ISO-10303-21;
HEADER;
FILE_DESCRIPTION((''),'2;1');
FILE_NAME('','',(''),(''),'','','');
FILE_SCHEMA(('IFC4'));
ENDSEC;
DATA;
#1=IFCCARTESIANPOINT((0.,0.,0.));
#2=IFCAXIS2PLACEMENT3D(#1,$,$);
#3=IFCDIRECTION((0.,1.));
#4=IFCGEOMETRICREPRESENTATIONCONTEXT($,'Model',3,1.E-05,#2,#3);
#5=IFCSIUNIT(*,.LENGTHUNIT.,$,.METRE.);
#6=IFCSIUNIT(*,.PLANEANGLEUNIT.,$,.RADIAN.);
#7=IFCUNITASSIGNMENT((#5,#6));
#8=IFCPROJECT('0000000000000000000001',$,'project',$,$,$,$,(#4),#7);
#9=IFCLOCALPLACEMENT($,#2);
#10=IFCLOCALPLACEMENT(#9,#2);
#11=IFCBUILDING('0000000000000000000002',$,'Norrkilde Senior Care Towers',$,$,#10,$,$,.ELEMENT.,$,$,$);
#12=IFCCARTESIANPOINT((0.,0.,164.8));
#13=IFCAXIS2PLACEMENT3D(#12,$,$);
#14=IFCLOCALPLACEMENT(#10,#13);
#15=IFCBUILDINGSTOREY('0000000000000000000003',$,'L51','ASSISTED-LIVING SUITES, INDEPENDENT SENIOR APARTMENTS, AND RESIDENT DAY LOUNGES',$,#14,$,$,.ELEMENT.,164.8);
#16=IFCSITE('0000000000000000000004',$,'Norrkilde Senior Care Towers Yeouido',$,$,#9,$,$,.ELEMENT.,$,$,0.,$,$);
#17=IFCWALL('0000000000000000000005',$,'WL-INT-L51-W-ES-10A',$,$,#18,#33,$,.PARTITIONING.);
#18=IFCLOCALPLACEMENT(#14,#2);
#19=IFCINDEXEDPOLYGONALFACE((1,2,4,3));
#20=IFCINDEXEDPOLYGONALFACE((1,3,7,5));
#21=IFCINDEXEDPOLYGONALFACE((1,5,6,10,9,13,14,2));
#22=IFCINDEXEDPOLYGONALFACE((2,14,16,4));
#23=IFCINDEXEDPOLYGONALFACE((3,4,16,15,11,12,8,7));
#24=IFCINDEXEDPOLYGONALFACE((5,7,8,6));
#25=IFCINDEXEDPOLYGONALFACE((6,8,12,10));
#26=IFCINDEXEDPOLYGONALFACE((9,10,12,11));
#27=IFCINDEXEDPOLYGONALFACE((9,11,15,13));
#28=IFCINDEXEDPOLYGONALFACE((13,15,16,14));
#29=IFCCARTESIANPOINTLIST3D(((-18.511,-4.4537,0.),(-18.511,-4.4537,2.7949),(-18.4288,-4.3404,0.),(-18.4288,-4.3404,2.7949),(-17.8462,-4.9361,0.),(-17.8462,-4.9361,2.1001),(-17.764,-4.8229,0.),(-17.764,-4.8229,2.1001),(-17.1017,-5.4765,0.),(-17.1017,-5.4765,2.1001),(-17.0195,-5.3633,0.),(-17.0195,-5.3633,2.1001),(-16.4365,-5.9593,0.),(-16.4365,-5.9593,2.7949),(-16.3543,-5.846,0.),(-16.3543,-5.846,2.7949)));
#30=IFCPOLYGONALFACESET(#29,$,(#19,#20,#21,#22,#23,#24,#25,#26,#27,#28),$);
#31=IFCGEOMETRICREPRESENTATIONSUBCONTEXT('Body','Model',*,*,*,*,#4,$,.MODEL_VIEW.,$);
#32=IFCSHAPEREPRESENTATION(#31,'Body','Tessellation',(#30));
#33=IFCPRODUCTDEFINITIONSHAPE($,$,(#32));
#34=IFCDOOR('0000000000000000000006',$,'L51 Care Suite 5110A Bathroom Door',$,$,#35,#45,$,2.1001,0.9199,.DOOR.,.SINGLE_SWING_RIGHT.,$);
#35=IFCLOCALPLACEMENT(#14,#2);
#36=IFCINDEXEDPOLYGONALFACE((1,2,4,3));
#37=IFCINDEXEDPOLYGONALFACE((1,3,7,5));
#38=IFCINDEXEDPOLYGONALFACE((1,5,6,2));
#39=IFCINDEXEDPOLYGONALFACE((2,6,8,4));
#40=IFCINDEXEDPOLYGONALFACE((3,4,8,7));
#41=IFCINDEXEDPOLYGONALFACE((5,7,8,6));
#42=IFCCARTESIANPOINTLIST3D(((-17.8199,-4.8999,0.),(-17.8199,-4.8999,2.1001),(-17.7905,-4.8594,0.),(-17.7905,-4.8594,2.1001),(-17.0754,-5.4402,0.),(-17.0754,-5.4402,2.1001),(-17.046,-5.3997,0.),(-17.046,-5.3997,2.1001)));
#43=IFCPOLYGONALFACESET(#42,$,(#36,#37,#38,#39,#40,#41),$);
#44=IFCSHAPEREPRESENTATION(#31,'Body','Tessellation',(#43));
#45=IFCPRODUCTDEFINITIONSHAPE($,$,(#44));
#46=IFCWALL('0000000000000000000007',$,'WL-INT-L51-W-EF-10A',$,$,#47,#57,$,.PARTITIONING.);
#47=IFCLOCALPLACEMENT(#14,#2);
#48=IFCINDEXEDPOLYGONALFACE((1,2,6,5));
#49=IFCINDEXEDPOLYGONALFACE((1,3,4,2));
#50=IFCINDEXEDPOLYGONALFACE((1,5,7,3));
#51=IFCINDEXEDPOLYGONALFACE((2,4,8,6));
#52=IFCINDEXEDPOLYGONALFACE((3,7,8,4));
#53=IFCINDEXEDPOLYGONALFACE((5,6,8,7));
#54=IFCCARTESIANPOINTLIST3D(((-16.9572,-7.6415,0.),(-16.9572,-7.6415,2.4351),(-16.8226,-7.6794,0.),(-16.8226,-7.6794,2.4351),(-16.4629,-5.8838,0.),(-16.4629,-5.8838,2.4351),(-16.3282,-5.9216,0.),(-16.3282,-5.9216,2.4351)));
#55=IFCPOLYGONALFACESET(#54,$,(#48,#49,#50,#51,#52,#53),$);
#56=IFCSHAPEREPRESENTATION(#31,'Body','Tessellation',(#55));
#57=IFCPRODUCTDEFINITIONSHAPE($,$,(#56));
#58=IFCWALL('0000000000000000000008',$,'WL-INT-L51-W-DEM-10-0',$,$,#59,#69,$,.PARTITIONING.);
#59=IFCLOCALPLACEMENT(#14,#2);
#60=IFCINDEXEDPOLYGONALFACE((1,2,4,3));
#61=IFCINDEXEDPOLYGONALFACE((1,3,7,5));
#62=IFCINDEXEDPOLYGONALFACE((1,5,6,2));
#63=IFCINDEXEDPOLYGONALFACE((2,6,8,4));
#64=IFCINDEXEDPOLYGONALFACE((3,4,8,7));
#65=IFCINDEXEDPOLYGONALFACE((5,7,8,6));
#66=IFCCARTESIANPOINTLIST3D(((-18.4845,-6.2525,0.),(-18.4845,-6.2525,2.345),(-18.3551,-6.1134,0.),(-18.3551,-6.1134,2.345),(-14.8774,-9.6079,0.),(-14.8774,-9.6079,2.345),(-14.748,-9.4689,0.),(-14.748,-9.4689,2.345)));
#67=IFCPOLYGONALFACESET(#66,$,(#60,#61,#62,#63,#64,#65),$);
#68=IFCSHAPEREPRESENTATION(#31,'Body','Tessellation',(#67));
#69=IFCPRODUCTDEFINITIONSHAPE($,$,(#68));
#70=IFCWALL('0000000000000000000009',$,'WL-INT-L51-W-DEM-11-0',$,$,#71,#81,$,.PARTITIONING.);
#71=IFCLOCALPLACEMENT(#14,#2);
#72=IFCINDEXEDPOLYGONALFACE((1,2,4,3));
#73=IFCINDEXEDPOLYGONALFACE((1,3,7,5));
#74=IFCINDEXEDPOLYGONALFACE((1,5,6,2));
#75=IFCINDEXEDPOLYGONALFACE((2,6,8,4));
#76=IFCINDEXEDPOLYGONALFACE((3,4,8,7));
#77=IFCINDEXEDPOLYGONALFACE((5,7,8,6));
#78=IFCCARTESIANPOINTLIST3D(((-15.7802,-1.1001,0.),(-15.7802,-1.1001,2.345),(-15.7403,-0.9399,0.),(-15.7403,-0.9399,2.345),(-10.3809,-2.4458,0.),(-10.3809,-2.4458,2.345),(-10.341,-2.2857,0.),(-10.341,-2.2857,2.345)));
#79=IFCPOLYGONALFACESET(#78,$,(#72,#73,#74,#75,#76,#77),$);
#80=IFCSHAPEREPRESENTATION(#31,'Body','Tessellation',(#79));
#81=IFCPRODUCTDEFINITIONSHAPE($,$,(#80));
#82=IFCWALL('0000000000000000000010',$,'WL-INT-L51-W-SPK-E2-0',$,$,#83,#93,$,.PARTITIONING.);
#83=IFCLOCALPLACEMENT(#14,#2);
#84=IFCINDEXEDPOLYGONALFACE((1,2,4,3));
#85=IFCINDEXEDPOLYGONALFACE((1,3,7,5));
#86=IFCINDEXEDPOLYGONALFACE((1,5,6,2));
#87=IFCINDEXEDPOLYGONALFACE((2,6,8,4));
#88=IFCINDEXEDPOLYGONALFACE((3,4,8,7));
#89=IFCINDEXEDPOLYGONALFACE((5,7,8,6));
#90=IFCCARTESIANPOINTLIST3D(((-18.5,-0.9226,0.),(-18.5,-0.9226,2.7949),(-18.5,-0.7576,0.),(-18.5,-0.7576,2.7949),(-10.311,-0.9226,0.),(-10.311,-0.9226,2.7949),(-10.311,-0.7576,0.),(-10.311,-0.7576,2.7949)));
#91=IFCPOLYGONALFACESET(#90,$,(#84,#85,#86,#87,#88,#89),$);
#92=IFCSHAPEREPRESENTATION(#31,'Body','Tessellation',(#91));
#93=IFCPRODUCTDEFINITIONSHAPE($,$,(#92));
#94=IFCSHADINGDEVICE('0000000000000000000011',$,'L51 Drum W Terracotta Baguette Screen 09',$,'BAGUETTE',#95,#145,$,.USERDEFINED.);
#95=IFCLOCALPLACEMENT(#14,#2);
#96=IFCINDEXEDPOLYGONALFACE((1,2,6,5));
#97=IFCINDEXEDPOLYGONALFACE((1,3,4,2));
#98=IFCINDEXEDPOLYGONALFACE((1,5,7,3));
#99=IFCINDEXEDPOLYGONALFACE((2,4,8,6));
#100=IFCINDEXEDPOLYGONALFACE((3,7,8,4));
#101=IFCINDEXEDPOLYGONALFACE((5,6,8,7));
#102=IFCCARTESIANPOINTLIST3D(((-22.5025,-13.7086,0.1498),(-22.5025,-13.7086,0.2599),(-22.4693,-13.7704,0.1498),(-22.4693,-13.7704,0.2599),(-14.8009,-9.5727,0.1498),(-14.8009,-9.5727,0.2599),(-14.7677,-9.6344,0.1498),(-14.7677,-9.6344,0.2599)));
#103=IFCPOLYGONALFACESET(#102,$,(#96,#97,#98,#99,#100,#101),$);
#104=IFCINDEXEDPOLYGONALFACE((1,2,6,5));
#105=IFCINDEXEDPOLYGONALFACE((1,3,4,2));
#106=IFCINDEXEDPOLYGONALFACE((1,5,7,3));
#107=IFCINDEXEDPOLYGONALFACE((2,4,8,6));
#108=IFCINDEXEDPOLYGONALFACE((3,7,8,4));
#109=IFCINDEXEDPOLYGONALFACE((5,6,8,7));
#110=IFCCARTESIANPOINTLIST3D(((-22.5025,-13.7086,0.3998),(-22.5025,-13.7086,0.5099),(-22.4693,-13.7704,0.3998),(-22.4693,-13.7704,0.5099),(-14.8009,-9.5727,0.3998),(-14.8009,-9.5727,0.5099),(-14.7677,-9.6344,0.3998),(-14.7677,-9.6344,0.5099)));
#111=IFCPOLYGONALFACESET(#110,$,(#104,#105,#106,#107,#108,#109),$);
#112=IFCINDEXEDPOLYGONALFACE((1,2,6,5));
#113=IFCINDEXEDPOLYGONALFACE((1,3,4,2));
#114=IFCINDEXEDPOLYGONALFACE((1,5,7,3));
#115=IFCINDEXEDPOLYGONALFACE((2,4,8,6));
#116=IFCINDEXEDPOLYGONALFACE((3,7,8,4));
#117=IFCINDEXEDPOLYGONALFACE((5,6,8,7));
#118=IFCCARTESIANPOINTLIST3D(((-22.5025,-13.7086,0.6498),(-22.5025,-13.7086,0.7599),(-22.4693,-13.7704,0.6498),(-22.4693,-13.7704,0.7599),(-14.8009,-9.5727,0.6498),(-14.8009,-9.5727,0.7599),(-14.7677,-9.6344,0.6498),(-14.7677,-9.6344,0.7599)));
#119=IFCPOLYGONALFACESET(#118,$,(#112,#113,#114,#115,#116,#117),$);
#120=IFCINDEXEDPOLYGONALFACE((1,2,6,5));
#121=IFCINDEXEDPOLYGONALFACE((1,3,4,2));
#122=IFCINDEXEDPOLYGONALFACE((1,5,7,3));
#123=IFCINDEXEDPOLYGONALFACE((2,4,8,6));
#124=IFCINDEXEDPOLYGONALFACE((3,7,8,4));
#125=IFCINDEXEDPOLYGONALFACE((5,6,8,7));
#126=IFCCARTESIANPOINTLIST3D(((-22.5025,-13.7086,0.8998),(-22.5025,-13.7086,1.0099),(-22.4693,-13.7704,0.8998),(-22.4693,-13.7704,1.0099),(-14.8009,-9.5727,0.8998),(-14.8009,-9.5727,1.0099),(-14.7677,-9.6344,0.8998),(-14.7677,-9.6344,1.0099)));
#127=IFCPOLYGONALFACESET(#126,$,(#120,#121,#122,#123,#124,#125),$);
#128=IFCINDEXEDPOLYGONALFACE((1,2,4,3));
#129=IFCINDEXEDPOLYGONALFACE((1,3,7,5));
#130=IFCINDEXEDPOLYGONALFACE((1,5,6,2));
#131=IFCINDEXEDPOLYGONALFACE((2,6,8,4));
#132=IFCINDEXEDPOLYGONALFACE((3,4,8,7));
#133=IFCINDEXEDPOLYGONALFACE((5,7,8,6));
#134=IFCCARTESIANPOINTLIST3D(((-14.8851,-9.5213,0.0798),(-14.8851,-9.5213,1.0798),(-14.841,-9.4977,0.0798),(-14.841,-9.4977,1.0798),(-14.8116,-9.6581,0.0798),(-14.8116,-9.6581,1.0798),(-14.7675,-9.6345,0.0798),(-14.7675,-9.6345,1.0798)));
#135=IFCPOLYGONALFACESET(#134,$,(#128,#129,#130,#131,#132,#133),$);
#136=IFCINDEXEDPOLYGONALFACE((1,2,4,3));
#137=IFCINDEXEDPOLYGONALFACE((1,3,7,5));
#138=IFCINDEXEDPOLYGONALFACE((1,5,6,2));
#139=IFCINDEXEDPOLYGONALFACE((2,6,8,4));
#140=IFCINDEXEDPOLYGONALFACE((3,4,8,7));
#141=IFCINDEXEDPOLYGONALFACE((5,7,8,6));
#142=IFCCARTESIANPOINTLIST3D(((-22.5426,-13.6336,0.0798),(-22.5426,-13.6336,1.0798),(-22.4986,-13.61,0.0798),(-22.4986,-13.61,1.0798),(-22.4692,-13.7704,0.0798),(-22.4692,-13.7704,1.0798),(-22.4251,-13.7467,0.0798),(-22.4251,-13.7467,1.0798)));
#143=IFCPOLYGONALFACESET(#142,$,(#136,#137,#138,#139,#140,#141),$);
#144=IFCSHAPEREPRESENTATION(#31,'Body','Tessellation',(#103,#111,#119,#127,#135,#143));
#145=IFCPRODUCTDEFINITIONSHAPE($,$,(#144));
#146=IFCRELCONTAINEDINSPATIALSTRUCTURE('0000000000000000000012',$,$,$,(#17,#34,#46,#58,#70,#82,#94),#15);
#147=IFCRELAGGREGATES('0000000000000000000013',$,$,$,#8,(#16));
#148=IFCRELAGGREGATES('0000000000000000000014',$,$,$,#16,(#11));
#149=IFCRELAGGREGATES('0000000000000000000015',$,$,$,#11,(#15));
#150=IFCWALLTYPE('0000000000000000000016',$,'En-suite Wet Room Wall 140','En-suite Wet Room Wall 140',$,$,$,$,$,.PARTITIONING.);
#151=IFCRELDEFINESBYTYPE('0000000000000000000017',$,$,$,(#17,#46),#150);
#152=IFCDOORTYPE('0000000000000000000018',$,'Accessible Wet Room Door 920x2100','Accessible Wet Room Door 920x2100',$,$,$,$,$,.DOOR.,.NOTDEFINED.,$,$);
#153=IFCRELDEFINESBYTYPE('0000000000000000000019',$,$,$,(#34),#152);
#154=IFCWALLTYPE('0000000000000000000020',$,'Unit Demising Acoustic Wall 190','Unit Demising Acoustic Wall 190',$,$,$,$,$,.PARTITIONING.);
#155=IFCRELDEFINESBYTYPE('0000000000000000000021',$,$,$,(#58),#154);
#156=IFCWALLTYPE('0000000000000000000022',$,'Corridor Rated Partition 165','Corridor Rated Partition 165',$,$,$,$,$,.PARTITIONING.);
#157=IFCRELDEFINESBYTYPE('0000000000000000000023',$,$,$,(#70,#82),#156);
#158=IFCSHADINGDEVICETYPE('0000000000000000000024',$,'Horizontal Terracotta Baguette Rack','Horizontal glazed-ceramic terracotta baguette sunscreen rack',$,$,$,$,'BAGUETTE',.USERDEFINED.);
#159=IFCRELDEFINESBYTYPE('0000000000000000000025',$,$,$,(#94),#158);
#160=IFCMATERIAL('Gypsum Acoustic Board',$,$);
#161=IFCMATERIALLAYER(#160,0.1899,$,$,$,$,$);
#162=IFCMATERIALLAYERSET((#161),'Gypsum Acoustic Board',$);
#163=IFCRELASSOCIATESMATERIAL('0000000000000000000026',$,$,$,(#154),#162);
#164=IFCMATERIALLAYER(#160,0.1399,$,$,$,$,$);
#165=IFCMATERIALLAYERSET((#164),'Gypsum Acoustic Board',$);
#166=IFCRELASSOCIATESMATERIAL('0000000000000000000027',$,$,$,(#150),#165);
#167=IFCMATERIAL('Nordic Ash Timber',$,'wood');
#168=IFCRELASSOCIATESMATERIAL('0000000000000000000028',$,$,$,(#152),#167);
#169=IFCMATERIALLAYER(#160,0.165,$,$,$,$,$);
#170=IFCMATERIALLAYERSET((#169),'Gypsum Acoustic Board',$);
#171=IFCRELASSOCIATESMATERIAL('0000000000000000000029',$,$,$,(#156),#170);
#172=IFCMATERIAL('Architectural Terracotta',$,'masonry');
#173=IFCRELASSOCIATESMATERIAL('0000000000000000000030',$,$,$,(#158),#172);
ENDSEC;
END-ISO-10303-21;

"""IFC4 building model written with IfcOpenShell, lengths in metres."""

from ifc_helpers import new_model, si_unit, direction, frame, frame_2d, origin, origin_2d, place, context, subcontext, project, spatial, rectangle, extrude, source, transform, mapped, material, layer, layer_set, type_object, type_shapes, element, fill, save


model = new_model("IFC4")

# Units and contexts
model_context = context("Model", 3, precision=1e-05, world=origin(), true_north=direction((0.0, 1.0)))
body_context = subcontext(model_context, "Body", "Model", "MODEL_VIEW")
ifc_project = project(units=[si_unit("LENGTHUNIT", "METRE"), si_unit("PLANEANGLEUNIT", "RADIAN")], contexts=[model_context])

# Site, building, storey
site_placement = place(None, origin())
site = spatial("IfcSite", under=ifc_project, at=site_placement, Name="Norrkilde Senior Care Towers Yeouido", CompositionType="ELEMENT", RefElevation=0.0)
building_placement = place(site_placement, origin())
building = spatial("IfcBuilding", under=site, at=building_placement, Name="Norrkilde Senior Care Towers", CompositionType="ELEMENT")
storey_placement = place(building_placement, frame((0.0, 0.0, 164.8)))
storey = spatial("IfcBuildingStorey", under=building, at=storey_placement, Name="L51", Description="ASSISTED-LIVING SUITES, INDEPENDENT SENIOR APARTMENTS, AND RESIDENT DAY LOUNGES", CompositionType="ELEMENT", Elevation=164.8)

# Shared definitions
ifc_material_1 = material(Name="Gypsum Acoustic Board")
ifc_layer_1 = layer(ifc_material_1, 0.1899)
ifc_layer_set_1 = layer_set([ifc_layer_1], Name="Gypsum Acoustic Board")
wall_type_1 = type_object("IfcWallType", Name="Unit Demising Acoustic Wall 190", Description="Unit Demising Acoustic Wall 190", PredefinedType="PARTITIONING", material=ifc_layer_set_1)

# Wall, opening, door
ifc_layer_2 = layer(ifc_material_1, 0.1399)
ifc_layer_set_2 = layer_set([ifc_layer_2], Name="Gypsum Acoustic Board")
wall_type_2 = type_object("IfcWallType", Name="En-suite Wet Room Wall 140", Description="En-suite Wet Room Wall 140", PredefinedType="PARTITIONING", material=ifc_layer_set_2)
shared_shape_1 = source(origin(), body_context, "Body", "SweptSolid", [
    extrude(rectangle(XDim=2.5632, YDim=0.1399, at=frame_2d((1.2817, 0.0))), origin(), (0.0, 0.0, 1.0), 2.7949),
])
wall_1_placement = place(storey_placement, frame((-18.47, -4.397, 0.0), z_axis=(0.0, 0.0, 1.0), x_axis=(0.809308, -0.587384, 0.0)))
wall_1 = element("IfcWall", 1, at=wall_1_placement, inside=storey, type_object=wall_type_2, Name="WL-INT-L51-W-ES-10A", PredefinedType="PARTITIONING", context=body_context, shape_type="MappedRepresentation", body=[
    mapped(shared_shape_1, transform((0.0, 0.0, 0.0), x_axis=(1.0, 0.0, 0.0), y_axis=(0.0, 1.0, 0.0), z_axis=(0.0, 0.0, 1.0), scale=1.0)),
])
opening_placement = place(wall_1_placement, frame((0.8215, 0.0, 0.0)))
opening = element("IfcOpeningElement", 2, at=opening_placement, cuts=wall_1, PredefinedType="OPENING", context=body_context, shape_type="SweptSolid", body=[
    extrude(rectangle(XDim=0.9199, YDim=2.1001, at=frame_2d((0.46, 1.05))), frame((0.0, 0.0798, 0.0), z_axis=(0.0, -1.0, 0.0), x_axis=(1.0, 0.0, 0.0)), (0.0, 0.0, 1.0), 0.1599),
])
ifc_material_2 = material(Name="Nordic Ash Timber", Category="wood")
door_type = type_object("IfcDoorType", Name="Accessible Wet Room Door 920x2100", Description="Accessible Wet Room Door 920x2100", OperationType="NOTDEFINED", PredefinedType="DOOR", material=ifc_material_2)
shared_shape_2 = source(origin(), body_context, "Body", "SweptSolid", [
    extrude(rectangle(XDim=0.9199, YDim=2.1001, at=frame_2d((0.46, 1.05))), frame((0.0, 0.0249, 0.0), z_axis=(0.0, -1.0, 0.0), x_axis=(1.0, 0.0, 0.0)), (0.0, 0.0, 1.0), 0.05),
])
type_shapes(door_type, [shared_shape_2])
door_placement = place(opening_placement, origin())
door = element("IfcDoor", 3, at=door_placement, inside=storey, type_object=door_type, Name="L51 Care Suite 5110A Bathroom Door", OperationType="SINGLE_SWING_RIGHT", OverallHeight=2.1001, OverallWidth=0.9199, PredefinedType="DOOR", context=body_context, shape_type="MappedRepresentation", body=[
    mapped(shared_shape_2, transform((0.0, 0.0, 0.0), x_axis=(1.0, 0.0, 0.0), y_axis=(0.0, 1.0, 0.0), z_axis=(0.0, 0.0, 1.0), scale=1.0)),
])
fill(opening, door)

# Walls
shared_shape_3 = source(origin(), body_context, "Body", "SweptSolid", [
    extrude(rectangle(XDim=1.8259, YDim=0.1399, at=frame_2d((0.9131, 0.0))), origin(), (0.0, 0.0, 1.0), 2.4351),
])
type_shapes(wall_type_2, [shared_shape_1, shared_shape_3])
wall_2_placement = place(storey_placement, frame((-16.3955, -5.9026, 0.0), z_axis=(0.0, 0.0, 1.0), x_axis=(-0.270746, -0.962651, 0.0)))
element("IfcWall", 4, at=wall_2_placement, inside=storey, type_object=wall_type_2, Name="WL-INT-L51-W-EF-10A", PredefinedType="PARTITIONING", context=body_context, shape_type="MappedRepresentation", body=[
    mapped(shared_shape_3, transform((0.0, 0.0, 0.0), x_axis=(1.0, 0.0, 0.0), y_axis=(0.0, 1.0, 0.0), z_axis=(0.0, 0.0, 1.0), scale=1.0)),
])
shared_shape_4 = source(origin(), body_context, "Body", "SweptSolid", [
    extrude(rectangle(XDim=4.9265, YDim=0.1899, at=frame_2d((2.4634, 0.0))), origin(), (0.0, 0.0, 1.0), 2.345),
])
wall_3_placement = place(storey_placement, frame((-18.4199, -6.1829, 0.0), z_axis=(0.0, 0.0, 1.0), x_axis=(0.732191, -0.681099, 0.0)))
element("IfcWall", 5, at=wall_3_placement, inside=storey, type_object=wall_type_1, Name="WL-INT-L51-W-DEM-10-0", PredefinedType="PARTITIONING", context=body_context, shape_type="MappedRepresentation", body=[
    mapped(shared_shape_4, transform((0.0, 0.0, 0.0), x_axis=(1.0, 0.0, 0.0), y_axis=(0.0, 1.0, 0.0), z_axis=(0.0, 0.0, 1.0), scale=1.0)),
])
ifc_layer_3 = layer(ifc_material_1, 0.165)
ifc_layer_set_3 = layer_set([ifc_layer_3], Name="Gypsum Acoustic Board")
wall_type_3 = type_object("IfcWallType", Name="Corridor Rated Partition 165", Description="Corridor Rated Partition 165", PredefinedType="PARTITIONING", material=ifc_layer_set_3)
shared_shape_5 = source(origin(), body_context, "Body", "SweptSolid", [
    extrude(rectangle(XDim=5.5645, YDim=0.165, at=frame_2d((2.7822, 0.0))), origin(), (0.0, 0.0, 1.0), 2.345),
])
wall_4_placement = place(storey_placement, frame((-15.7603, -1.02, 0.0), z_axis=(0.0, 0.0, 1.0), x_axis=(0.970315, -0.241844, 0.0)))
element("IfcWall", 6, at=wall_4_placement, inside=storey, type_object=wall_type_3, Name="WL-INT-L51-W-DEM-11-0", PredefinedType="PARTITIONING", context=body_context, shape_type="MappedRepresentation", body=[
    mapped(shared_shape_5, transform((0.0, 0.0, 0.0), x_axis=(1.0, 0.0, 0.0), y_axis=(0.0, 1.0, 0.0), z_axis=(0.0, 0.0, 1.0), scale=1.0)),
])
shared_shape_6 = source(origin(), body_context, "Body", "SweptSolid", [
    extrude(rectangle(XDim=8.189, YDim=0.165, at=frame_2d((4.0945, 0.0))), origin(), (0.0, 0.0, 1.0), 2.7949),
])
type_shapes(wall_type_3, [shared_shape_5, shared_shape_6])
wall_5_placement = place(storey_placement, frame((-10.311, -0.8401, 0.0), z_axis=(0.0, 0.0, 1.0), x_axis=(-1.0, 0.0, 0.0)))
element("IfcWall", 7, at=wall_5_placement, inside=storey, type_object=wall_type_3, Name="WL-INT-L51-W-SPK-E2-0", PredefinedType="PARTITIONING", context=body_context, shape_type="MappedRepresentation", body=[
    mapped(shared_shape_6, transform((0.0, 0.0, 0.0), x_axis=(1.0, 0.0, 0.0), y_axis=(0.0, 1.0, 0.0), z_axis=(0.0, 0.0, 1.0), scale=1.0)),
])

# Shading device
ifc_material_3 = material(Name="Architectural Terracotta", Category="masonry")
shading_device_type = type_object("IfcShadingDeviceType", Name="Horizontal Terracotta Baguette Rack", Description="Horizontal glazed-ceramic terracotta baguette sunscreen rack", ElementType="BAGUETTE", PredefinedType="USERDEFINED", material=ifc_material_3)
shared_shape_7 = source(origin(), body_context, "Body", "SweptSolid", [
    extrude(rectangle(XDim=0.0701, YDim=0.1101, at=origin_2d()), frame((0.0, 0.0901, 0.125), z_axis=(1.0, 0.0, 0.0), x_axis=(0.0, 1.0, 0.0)), (0.0, 0.0, 1.0), 8.7419),
    extrude(rectangle(XDim=0.0701, YDim=0.1101, at=origin_2d()), frame((0.0, 0.0901, 0.375), z_axis=(1.0, 0.0, 0.0), x_axis=(0.0, 1.0, 0.0)), (0.0, 0.0, 1.0), 8.7419),
    extrude(rectangle(XDim=0.0701, YDim=0.1101, at=origin_2d()), frame((0.0, 0.0901, 0.625), z_axis=(1.0, 0.0, 0.0), x_axis=(0.0, 1.0, 0.0)), (0.0, 0.0, 1.0), 8.7419),
    extrude(rectangle(XDim=0.0701, YDim=0.1101, at=origin_2d()), frame((0.0, 0.0901, 0.875), z_axis=(1.0, 0.0, 0.0), x_axis=(0.0, 1.0, 0.0)), (0.0, 0.0, 1.0), 8.7419),
    extrude(rectangle(XDim=0.05, YDim=0.1553, at=origin_2d()), frame((0.0249, 0.0476, 0.0)), (0.0, 0.0, 1.0), 1.0),
    extrude(rectangle(XDim=0.05, YDim=0.1553, at=origin_2d()), frame((8.7168, 0.0476, 0.0)), (0.0, 0.0, 1.0), 1.0),
])
type_shapes(shading_device_type, [shared_shape_7])
shading_device_placement = place(storey_placement, frame((-14.8269, -9.5242, 0.0798), z_axis=(0.0, 0.0, 1.0), x_axis=(-0.881001, -0.47312, 0.0)))
element("IfcShadingDevice", 8, at=shading_device_placement, inside=storey, type_object=shading_device_type, Name="L51 Drum W Terracotta Baguette Screen 09", ObjectType="BAGUETTE", PredefinedType="USERDEFINED", context=body_context, shape_type="MappedRepresentation", body=[
    mapped(shared_shape_7, transform((0.0, 0.0, 0.0), x_axis=(1.0, 0.0, 0.0), y_axis=(0.0, 1.0, 0.0), z_axis=(0.0, 0.0, 1.0), scale=1.0)),
])

save(model, "model.ifc")
